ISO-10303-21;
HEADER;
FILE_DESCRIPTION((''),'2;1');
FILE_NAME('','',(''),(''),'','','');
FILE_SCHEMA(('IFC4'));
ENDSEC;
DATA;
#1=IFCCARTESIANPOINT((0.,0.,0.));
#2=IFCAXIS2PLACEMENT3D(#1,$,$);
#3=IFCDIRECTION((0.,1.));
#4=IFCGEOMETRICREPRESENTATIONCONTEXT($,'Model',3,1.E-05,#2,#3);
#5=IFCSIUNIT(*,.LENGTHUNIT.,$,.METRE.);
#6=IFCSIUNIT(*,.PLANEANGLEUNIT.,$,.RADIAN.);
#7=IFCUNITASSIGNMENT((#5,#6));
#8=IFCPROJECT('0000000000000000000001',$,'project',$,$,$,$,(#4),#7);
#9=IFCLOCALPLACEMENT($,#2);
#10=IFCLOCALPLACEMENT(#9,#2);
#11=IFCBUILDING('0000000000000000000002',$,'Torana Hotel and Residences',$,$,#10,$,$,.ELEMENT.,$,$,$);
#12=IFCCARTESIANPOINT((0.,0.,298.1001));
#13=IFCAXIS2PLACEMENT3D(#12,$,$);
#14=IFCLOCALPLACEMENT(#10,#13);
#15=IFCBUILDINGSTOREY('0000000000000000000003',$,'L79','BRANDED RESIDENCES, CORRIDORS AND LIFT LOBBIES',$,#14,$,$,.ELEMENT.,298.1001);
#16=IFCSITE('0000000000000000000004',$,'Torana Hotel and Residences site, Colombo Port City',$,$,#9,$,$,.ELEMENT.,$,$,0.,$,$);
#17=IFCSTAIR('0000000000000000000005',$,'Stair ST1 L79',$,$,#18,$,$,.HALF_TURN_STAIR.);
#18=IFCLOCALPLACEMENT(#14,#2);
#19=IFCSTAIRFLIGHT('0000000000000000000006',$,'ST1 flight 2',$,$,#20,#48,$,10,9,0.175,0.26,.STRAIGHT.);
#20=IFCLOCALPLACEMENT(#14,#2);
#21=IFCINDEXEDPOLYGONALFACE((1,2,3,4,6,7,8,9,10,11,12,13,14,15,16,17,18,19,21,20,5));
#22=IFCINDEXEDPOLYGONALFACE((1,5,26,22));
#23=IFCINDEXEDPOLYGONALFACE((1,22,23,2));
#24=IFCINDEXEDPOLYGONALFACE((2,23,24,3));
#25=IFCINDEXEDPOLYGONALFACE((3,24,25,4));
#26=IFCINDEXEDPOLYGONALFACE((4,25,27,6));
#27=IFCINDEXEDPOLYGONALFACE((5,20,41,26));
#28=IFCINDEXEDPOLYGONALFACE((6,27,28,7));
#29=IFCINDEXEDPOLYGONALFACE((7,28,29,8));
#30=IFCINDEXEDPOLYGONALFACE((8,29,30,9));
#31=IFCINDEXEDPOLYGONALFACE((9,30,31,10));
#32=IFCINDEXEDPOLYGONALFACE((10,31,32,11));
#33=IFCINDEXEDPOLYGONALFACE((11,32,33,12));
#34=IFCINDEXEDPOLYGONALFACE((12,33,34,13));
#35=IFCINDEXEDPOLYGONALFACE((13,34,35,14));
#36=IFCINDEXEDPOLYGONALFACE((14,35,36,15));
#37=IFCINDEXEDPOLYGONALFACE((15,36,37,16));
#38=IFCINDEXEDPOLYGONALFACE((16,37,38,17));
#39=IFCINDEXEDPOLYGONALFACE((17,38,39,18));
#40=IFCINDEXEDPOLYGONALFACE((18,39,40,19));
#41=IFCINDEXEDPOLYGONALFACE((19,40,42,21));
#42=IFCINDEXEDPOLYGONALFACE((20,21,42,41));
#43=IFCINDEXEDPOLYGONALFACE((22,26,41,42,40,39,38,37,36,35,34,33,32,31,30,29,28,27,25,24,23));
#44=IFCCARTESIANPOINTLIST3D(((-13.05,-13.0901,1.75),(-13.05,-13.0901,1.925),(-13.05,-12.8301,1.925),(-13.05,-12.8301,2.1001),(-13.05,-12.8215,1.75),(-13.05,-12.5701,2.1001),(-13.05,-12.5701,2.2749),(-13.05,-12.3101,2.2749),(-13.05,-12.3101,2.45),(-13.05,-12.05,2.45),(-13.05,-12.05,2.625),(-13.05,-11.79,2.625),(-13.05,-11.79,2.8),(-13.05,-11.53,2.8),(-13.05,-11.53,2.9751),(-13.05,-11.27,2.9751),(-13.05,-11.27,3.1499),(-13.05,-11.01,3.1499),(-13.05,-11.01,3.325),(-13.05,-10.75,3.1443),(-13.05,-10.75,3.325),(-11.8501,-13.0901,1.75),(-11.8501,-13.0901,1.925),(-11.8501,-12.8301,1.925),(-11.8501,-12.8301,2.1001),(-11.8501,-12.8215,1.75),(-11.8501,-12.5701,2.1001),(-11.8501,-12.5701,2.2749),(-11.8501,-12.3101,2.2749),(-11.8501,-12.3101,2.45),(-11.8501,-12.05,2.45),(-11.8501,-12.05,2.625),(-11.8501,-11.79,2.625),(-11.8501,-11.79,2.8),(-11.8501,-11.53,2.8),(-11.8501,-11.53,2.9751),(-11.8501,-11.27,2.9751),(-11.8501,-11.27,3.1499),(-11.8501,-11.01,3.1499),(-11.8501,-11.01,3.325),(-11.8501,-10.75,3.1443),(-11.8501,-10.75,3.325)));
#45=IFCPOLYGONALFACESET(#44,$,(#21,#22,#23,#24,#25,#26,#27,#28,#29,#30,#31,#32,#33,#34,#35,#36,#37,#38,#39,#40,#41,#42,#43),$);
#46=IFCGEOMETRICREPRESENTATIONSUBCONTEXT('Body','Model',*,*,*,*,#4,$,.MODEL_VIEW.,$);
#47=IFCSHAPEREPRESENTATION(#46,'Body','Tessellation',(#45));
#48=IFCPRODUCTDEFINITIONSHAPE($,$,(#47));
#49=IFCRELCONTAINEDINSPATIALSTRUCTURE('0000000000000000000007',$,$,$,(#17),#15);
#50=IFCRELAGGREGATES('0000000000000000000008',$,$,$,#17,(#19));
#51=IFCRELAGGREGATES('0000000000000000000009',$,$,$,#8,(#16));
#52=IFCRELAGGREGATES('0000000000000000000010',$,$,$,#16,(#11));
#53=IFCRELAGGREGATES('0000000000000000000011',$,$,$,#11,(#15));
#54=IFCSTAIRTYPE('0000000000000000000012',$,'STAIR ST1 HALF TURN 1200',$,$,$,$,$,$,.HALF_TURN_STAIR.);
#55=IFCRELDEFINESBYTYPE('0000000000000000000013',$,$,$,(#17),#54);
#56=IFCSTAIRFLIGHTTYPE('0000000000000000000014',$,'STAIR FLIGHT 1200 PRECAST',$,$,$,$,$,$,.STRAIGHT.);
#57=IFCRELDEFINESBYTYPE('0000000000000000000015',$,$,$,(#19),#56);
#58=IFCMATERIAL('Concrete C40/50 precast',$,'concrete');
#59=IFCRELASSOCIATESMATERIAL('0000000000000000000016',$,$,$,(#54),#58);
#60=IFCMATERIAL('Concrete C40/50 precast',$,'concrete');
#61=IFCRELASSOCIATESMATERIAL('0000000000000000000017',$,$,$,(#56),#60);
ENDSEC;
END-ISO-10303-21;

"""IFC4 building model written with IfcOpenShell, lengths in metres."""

from ifc_helpers import new_model, si_unit, direction, frame, origin, place, context, subcontext, project, spatial, polyline, outline, extrude, material, type_object, element, aggregate, save


model = new_model("IFC4")

# Units and contexts
model_context = context("Model", 3, precision=1e-05, world=origin(), true_north=direction((0.0, 1.0)))
body_context = subcontext(model_context, "Body", "Model", "MODEL_VIEW")
ifc_project = project(units=[si_unit("LENGTHUNIT", "METRE"), si_unit("PLANEANGLEUNIT", "RADIAN")], contexts=[model_context])

# Site, building, storey
site_placement = place(None, origin())
site = spatial("IfcSite", under=ifc_project, at=site_placement, Name="Torana Hotel and Residences site, Colombo Port City", CompositionType="ELEMENT", RefElevation=0.0)
building_placement = place(site_placement, origin())
building = spatial("IfcBuilding", under=site, at=building_placement, Name="Torana Hotel and Residences", CompositionType="ELEMENT")
storey_placement = place(building_placement, frame((0.0, 0.0, 298.1001)))
storey = spatial("IfcBuildingStorey", under=building, at=storey_placement, Name="L79", Description="BRANDED RESIDENCES, CORRIDORS AND LIFT LOBBIES", CompositionType="ELEMENT", Elevation=298.1001)

# Stair, stair flight
ifc_material_1 = material(Name="Concrete C40/50 precast", Category="concrete")
stair_type = type_object("IfcStairType", Name="STAIR ST1 HALF TURN 1200", PredefinedType="HALF_TURN_STAIR", material=ifc_material_1)
stair_placement = place(storey_placement, origin())
stair = element("IfcStair", 1, at=stair_placement, inside=storey, type_object=stair_type, Name="Stair ST1 L79", PredefinedType="HALF_TURN_STAIR")
ifc_material_2 = material(Name="Concrete C40/50 precast", Category="concrete")
stair_flight_type = type_object("IfcStairFlightType", Name="STAIR FLIGHT 1200 PRECAST", PredefinedType="STRAIGHT", material=ifc_material_2)
stair_flight_1_placement = place(storey_placement, frame((-12.45, -13.0901, 1.75), z_axis=(0.0, 0.0, 1.0), x_axis=(0.0, 1.0, 0.0)))
stair_flight_1 = element("IfcStairFlight", 2, at=stair_flight_1_placement, type_object=stair_flight_type, Name="ST1 flight 2", NumberOfRisers=10, NumberOfTreads=9, PredefinedType="STRAIGHT", RiserHeight=0.175, TreadLength=0.26, context=body_context, shape_type="SweptSolid", body=[
    extrude(outline(polyline([(0.0, 0.0), (0.0, 0.175), (0.26, 0.175), (0.26, 0.3501), (0.52, 0.3501), (0.52, 0.5249), (0.78, 0.5249), (0.78, 0.7), (1.04, 0.7), (1.04, 0.875), (1.3, 0.875), (1.3, 1.05), (1.5601, 1.05), (1.5601, 1.2251), (1.8201, 1.2251), (1.8201, 1.3999), (2.0801, 1.3999), (2.0801, 1.575), (2.3401, 1.575), (2.3401, 1.75), (2.3401, 1.3943), (0.2686, 0.0), (0.0, 0.0)])), frame((0.0, 0.6001, 0.0), z_axis=(0.0, -1.0, 0.0), x_axis=(1.0, 0.0, 0.0)), (0.0, 0.0, 1.0), 1.2),
])
aggregate(stair, [stair_flight_1])

save(model, "model.ifc")
